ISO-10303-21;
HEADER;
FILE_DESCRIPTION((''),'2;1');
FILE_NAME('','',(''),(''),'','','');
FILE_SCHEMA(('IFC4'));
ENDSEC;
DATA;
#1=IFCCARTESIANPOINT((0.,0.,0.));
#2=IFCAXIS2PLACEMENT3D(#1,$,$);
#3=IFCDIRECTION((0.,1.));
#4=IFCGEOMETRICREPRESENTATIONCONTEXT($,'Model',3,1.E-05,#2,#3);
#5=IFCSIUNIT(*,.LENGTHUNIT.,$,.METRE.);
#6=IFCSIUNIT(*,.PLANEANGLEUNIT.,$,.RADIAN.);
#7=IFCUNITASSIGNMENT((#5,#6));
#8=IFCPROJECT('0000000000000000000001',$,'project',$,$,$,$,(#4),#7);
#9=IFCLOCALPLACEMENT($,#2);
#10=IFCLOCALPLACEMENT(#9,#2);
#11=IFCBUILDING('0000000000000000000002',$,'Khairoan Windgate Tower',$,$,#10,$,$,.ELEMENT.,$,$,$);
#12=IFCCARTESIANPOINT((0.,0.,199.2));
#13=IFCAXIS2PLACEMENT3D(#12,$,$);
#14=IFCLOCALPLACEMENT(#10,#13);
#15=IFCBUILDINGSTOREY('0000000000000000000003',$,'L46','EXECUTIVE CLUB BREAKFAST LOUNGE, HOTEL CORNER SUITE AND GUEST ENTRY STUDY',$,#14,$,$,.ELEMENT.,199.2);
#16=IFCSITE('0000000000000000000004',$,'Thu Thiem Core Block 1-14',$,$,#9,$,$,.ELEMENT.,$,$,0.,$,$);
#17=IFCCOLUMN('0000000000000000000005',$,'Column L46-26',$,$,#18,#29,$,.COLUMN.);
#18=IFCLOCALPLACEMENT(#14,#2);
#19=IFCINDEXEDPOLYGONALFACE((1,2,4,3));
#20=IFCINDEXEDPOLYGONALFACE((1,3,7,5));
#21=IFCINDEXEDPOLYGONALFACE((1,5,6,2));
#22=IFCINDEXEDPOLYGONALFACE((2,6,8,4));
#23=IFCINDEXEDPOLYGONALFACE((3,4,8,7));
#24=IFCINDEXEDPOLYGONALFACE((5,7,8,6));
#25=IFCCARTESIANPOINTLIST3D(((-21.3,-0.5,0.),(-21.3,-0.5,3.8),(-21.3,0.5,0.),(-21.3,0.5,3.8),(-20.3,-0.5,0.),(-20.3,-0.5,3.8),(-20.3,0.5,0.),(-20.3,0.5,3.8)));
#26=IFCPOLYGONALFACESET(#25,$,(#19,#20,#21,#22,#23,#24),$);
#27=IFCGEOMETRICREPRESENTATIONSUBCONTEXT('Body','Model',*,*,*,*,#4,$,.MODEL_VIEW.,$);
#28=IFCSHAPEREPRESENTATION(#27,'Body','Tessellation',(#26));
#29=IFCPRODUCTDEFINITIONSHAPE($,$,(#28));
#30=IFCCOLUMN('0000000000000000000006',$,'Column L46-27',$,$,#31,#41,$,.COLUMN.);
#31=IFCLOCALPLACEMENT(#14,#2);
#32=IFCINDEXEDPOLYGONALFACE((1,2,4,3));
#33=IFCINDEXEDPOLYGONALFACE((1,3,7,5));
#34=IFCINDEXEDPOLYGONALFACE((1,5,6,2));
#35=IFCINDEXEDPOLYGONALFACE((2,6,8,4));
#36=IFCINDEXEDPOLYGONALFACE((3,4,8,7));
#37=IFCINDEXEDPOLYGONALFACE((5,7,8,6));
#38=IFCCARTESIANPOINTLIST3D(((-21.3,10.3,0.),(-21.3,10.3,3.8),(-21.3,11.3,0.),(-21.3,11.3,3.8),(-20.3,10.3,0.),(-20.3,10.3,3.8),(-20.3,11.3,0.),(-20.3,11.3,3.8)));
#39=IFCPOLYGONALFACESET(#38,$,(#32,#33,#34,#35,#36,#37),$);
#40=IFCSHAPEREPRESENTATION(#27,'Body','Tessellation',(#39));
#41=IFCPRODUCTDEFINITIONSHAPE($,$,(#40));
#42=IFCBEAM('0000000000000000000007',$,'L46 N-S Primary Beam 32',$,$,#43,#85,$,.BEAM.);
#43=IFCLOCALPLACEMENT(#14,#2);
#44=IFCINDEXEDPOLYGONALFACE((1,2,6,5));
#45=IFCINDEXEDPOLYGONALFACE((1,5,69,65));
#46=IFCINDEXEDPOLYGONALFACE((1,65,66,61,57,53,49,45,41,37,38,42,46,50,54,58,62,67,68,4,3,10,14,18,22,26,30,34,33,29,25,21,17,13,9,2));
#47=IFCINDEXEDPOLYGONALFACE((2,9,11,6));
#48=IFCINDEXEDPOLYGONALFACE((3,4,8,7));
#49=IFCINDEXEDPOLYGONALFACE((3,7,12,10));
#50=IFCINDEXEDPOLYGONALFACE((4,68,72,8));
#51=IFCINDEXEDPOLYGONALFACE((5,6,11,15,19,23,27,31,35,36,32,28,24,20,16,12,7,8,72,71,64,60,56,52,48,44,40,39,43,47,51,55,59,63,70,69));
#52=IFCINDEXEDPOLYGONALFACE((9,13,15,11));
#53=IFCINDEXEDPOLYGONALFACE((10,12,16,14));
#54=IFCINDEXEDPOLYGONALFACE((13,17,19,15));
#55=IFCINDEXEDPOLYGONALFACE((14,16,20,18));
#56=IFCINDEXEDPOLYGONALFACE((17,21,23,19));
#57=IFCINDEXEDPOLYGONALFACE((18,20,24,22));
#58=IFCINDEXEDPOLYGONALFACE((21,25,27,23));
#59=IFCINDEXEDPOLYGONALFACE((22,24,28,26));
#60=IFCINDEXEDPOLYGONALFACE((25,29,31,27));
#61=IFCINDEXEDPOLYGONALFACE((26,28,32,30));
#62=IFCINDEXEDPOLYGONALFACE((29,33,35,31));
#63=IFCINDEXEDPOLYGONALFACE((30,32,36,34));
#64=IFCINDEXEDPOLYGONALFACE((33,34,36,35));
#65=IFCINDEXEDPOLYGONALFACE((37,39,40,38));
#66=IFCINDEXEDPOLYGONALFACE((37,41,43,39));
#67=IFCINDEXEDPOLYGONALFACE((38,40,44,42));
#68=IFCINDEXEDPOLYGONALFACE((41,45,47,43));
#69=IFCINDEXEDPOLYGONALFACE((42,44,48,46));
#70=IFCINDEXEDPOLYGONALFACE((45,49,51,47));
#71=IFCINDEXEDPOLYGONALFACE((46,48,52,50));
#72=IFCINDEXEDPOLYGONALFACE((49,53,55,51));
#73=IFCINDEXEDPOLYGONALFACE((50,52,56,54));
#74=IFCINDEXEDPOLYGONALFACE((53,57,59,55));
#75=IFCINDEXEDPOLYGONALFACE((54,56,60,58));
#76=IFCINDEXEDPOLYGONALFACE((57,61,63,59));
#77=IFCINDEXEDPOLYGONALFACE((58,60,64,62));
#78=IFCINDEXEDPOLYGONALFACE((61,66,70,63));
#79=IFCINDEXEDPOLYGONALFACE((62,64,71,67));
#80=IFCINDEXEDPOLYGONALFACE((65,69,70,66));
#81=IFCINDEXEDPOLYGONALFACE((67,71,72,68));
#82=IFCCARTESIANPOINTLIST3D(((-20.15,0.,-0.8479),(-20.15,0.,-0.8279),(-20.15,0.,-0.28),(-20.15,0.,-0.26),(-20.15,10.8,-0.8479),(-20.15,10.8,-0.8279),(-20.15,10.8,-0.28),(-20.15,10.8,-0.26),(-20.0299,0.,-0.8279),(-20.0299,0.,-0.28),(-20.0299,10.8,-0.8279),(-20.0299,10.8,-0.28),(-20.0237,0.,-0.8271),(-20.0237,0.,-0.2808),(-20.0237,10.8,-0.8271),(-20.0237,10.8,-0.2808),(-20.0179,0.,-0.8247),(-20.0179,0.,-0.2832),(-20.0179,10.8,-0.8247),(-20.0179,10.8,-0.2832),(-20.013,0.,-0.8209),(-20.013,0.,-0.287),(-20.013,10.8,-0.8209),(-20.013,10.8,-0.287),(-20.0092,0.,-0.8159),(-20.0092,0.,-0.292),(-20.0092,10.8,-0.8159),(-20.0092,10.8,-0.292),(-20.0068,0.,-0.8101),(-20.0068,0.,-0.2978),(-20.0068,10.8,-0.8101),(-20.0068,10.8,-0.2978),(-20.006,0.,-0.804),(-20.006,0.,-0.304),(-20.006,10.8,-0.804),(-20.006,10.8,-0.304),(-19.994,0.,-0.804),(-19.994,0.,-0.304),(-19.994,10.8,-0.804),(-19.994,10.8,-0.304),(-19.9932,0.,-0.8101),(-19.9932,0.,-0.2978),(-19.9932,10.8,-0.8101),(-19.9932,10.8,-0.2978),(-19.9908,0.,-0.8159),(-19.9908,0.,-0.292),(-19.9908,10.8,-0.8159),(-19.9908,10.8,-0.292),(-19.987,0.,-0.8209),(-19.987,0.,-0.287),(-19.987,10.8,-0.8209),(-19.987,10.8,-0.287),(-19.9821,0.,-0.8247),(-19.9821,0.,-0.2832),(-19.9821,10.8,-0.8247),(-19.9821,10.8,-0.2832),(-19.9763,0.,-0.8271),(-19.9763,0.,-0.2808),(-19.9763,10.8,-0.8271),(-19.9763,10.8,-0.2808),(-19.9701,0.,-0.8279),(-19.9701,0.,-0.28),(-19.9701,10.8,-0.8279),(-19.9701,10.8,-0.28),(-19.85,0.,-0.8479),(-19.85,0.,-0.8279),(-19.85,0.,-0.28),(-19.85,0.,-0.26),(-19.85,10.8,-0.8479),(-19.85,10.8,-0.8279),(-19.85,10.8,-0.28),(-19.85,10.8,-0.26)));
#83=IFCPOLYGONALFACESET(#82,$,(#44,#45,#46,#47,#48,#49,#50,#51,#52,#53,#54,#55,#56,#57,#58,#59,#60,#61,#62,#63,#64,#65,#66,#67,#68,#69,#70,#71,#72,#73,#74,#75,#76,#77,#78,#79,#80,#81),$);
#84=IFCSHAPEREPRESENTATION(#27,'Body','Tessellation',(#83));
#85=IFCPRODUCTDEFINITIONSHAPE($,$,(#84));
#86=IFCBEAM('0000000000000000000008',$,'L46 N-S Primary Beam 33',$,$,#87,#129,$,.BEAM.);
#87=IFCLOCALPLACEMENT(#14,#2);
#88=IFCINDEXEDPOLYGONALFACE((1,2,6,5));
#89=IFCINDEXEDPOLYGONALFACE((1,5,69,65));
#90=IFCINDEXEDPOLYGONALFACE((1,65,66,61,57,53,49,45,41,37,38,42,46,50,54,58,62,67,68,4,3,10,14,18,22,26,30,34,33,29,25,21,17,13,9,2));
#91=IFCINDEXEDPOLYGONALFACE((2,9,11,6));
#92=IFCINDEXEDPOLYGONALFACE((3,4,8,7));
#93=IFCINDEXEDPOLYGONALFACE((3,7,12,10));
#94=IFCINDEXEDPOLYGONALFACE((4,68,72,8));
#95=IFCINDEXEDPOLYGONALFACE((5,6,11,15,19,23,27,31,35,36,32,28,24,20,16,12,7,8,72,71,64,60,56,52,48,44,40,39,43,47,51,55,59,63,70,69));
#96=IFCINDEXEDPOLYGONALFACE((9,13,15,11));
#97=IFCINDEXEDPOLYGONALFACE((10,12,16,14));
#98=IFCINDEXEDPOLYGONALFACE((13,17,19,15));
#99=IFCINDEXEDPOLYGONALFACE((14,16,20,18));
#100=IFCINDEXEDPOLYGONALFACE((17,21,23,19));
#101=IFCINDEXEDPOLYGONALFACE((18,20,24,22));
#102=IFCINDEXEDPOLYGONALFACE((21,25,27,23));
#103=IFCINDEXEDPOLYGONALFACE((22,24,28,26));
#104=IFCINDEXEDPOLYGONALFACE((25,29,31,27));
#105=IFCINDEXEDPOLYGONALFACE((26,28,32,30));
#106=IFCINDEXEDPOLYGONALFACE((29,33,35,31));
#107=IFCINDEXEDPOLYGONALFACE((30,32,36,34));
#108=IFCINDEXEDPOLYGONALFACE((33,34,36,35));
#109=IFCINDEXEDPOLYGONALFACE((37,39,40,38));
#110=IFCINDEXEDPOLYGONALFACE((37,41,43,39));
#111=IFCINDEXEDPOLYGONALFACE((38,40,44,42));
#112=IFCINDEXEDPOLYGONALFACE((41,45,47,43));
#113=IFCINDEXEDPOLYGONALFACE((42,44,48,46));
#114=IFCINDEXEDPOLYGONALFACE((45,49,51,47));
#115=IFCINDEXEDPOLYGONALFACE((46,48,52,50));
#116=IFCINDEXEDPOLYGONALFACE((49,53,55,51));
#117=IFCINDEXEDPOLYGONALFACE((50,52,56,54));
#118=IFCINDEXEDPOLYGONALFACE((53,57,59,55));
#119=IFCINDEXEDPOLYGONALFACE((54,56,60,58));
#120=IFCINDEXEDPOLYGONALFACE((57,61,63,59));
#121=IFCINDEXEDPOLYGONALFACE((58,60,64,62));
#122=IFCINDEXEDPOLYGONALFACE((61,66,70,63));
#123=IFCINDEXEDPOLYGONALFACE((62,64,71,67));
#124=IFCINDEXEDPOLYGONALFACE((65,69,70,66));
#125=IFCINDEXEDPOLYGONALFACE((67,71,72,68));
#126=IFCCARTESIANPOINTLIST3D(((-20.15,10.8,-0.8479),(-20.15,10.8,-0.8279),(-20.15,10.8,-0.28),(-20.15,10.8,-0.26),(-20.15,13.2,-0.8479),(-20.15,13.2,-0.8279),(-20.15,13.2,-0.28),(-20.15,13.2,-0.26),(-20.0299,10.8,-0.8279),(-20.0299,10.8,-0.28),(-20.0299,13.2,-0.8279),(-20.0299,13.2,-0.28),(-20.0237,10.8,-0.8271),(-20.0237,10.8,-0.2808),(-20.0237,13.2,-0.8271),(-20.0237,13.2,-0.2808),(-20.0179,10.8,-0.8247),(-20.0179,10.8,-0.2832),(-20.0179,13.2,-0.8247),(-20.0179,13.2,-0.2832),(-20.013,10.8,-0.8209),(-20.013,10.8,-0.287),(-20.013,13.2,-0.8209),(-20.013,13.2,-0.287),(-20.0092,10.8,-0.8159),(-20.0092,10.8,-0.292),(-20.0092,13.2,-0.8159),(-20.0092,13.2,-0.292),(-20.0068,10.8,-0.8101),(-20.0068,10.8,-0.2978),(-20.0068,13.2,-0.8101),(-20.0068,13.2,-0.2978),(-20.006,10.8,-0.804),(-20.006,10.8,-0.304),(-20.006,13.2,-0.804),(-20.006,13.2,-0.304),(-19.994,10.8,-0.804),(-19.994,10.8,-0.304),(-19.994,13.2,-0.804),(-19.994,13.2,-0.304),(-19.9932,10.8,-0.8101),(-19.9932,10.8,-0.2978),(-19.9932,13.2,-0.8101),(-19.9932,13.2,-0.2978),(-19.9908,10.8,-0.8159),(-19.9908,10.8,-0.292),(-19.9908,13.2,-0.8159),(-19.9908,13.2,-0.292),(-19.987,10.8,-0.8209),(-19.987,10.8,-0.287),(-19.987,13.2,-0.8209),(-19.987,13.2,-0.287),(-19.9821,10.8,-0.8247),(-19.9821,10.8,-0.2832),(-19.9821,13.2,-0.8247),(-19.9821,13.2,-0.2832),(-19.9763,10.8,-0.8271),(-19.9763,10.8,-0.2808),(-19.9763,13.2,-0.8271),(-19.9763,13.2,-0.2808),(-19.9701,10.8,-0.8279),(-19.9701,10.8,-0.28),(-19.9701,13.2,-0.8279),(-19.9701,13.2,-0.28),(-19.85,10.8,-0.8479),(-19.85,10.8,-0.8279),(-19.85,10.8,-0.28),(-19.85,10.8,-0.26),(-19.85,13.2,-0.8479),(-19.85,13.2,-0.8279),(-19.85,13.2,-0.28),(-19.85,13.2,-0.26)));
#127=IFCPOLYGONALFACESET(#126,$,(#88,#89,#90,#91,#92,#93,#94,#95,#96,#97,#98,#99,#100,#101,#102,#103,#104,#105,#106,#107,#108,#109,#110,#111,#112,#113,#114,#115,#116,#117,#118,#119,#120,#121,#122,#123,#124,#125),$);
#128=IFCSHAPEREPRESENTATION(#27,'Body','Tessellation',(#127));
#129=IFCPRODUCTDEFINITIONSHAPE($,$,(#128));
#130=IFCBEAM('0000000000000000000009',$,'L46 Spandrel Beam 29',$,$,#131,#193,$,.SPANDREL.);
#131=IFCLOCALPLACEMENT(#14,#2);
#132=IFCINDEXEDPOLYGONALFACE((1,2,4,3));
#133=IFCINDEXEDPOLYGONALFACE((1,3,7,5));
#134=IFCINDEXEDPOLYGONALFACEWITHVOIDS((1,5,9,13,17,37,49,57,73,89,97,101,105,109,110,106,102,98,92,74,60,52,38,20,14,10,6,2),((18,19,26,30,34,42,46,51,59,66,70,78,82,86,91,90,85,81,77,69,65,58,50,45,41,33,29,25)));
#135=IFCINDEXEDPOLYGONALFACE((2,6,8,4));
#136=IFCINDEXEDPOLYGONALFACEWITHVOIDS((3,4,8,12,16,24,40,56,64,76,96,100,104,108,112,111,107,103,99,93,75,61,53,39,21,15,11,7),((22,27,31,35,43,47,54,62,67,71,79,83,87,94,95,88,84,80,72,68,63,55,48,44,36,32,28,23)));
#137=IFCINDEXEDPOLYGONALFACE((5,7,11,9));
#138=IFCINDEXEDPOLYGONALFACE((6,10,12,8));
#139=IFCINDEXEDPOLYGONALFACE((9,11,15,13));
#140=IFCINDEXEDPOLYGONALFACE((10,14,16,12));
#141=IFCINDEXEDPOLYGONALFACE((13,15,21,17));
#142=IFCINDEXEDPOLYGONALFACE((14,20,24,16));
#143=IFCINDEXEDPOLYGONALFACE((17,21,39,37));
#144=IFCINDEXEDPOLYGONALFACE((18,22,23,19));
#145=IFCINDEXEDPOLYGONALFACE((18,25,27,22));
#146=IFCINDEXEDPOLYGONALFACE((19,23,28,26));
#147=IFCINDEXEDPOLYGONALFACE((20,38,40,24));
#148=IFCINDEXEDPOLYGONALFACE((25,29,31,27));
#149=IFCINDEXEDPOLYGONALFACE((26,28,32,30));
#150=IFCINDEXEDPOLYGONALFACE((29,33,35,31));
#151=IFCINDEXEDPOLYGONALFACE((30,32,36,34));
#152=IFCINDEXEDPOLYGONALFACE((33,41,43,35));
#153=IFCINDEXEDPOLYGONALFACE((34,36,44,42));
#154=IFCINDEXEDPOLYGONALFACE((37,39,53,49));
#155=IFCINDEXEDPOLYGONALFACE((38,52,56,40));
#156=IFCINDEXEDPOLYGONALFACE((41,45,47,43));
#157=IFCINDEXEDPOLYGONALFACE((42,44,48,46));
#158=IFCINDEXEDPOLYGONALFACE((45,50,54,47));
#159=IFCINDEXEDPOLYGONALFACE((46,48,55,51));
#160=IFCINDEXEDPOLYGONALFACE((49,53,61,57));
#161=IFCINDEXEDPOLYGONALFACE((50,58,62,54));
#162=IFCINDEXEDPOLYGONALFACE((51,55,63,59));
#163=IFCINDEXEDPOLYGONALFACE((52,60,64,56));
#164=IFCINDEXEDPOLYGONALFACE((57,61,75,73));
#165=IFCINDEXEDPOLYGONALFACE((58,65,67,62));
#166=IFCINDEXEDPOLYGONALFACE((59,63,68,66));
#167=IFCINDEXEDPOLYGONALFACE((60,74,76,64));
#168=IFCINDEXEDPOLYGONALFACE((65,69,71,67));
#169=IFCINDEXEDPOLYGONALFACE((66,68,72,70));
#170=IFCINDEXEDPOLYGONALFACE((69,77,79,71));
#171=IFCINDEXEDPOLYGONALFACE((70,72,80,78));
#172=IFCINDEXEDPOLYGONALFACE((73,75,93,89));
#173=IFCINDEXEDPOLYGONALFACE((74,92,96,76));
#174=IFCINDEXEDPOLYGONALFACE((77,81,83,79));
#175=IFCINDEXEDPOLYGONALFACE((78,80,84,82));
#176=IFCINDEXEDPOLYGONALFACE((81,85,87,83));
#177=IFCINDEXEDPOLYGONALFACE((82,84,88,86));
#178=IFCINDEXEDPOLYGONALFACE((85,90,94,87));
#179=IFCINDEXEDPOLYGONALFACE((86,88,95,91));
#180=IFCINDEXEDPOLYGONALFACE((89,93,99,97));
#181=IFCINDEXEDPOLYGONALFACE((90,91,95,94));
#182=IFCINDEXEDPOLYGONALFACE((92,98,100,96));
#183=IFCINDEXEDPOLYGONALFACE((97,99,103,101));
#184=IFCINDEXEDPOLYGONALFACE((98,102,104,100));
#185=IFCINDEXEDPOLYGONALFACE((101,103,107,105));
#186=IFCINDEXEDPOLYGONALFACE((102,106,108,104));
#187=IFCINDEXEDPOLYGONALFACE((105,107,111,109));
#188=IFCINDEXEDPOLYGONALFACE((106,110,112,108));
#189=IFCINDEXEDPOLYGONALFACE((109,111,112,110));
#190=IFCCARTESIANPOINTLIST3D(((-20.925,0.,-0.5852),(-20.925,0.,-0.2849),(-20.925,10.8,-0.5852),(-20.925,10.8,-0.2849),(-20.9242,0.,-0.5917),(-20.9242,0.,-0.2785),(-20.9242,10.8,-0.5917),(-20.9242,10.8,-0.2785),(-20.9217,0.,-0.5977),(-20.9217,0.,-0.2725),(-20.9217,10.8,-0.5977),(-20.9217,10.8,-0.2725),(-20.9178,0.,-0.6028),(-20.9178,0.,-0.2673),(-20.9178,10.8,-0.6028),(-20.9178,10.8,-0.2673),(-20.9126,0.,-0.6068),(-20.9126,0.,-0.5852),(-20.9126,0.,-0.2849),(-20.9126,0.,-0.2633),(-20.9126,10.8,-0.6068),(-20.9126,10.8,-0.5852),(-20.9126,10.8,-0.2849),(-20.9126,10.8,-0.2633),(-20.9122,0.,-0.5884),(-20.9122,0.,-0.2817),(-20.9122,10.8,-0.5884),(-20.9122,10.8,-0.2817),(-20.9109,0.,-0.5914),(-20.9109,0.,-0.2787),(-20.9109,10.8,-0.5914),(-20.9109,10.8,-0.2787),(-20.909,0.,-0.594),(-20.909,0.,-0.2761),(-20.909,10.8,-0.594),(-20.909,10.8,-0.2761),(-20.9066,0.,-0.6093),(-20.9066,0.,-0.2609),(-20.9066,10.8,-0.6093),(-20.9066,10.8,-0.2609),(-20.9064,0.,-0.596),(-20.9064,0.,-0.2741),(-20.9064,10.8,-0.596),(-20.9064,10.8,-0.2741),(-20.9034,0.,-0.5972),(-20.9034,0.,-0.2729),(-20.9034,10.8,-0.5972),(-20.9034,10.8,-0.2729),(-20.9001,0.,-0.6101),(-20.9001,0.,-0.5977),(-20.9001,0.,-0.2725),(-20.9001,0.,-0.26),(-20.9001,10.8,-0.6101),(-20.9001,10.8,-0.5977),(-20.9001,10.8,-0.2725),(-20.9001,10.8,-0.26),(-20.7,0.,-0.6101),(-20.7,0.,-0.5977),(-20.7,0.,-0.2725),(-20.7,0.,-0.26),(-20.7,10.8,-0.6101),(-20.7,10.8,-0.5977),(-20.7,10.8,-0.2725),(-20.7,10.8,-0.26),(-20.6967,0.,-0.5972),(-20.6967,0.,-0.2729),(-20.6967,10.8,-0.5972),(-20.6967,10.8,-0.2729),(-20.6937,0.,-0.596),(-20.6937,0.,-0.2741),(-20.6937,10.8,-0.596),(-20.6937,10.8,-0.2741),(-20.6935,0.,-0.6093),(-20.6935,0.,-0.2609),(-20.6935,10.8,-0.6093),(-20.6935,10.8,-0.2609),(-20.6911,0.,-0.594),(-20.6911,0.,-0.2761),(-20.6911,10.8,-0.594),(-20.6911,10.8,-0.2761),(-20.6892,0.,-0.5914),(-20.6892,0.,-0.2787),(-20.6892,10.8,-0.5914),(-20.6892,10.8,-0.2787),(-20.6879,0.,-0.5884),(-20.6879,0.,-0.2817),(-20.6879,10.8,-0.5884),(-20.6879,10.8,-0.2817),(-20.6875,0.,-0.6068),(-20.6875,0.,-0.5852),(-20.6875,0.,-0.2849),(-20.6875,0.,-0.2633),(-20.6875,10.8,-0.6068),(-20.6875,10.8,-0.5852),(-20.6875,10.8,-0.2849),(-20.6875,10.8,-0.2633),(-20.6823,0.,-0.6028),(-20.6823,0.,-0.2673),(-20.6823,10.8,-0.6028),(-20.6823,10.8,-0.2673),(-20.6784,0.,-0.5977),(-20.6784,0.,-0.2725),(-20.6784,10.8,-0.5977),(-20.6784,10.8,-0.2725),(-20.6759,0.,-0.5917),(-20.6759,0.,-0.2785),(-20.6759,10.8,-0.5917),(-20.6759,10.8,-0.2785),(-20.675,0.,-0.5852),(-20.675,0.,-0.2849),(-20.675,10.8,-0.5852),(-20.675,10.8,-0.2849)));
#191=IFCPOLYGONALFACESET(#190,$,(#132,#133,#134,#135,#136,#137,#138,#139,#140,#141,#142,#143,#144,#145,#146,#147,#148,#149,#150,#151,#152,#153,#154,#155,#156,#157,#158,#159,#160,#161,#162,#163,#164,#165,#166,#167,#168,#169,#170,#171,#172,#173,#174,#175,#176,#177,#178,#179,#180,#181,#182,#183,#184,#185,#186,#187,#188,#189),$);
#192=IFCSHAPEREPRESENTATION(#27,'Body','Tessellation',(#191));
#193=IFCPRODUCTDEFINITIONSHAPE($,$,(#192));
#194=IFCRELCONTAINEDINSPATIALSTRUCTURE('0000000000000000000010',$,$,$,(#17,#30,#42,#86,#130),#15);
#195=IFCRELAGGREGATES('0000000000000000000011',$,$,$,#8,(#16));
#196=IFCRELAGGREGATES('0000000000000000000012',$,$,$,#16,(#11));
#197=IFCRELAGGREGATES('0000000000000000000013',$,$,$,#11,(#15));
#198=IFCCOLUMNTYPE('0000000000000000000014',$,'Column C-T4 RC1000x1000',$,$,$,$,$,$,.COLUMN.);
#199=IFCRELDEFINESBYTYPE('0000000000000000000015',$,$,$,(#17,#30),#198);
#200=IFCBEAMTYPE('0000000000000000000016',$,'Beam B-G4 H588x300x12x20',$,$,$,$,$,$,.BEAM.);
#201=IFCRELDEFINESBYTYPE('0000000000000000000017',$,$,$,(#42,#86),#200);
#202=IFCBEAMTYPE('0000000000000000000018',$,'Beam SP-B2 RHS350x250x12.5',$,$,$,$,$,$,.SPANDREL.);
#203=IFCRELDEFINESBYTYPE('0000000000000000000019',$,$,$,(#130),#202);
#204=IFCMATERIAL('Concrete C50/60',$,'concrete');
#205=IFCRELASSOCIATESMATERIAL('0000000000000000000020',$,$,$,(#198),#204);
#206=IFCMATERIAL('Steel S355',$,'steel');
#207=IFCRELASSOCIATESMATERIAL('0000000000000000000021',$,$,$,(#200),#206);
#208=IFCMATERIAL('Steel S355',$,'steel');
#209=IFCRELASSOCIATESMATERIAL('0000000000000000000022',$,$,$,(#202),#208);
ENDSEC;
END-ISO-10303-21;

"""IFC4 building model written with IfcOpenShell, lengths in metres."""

from ifc_helpers import new_model, si_unit, direction, frame, origin, origin_2d, place, context, subcontext, project, spatial, rectangle, hollow_rectangle, i_section, extrude, material, material_profile, profile_set, type_object, element, save


model = new_model("IFC4")

# Units and contexts
model_context = context("Model", 3, precision=1e-05, world=origin(), true_north=direction((0.0, 1.0)))
body_context = subcontext(model_context, "Body", "Model", "MODEL_VIEW")
ifc_project = project(units=[si_unit("LENGTHUNIT", "METRE"), si_unit("PLANEANGLEUNIT", "RADIAN")], contexts=[model_context])

# Site, building, storey
site_placement = place(None, origin())
site = spatial("IfcSite", under=ifc_project, at=site_placement, Name="Thu Thiem Core Block 1-14", CompositionType="ELEMENT", RefElevation=0.0)
building_placement = place(site_placement, origin())
building = spatial("IfcBuilding", under=site, at=building_placement, Name="Khairoan Windgate Tower", CompositionType="ELEMENT")
storey_placement = place(building_placement, frame((0.0, 0.0, 199.2)))
storey = spatial("IfcBuildingStorey", under=building, at=storey_placement, Name="L46", Description="EXECUTIVE CLUB BREAKFAST LOUNGE, HOTEL CORNER SUITE AND GUEST ENTRY STUDY", CompositionType="ELEMENT", Elevation=199.2)

# Columns
ifc_material_1 = material(Name="Concrete C50/60", Category="concrete")
ifc_material_profile_1 = material_profile(ifc_material_1, rectangle(XDim=1.0, YDim=1.0, at=origin_2d()))
ifc_profile_set_1 = profile_set([ifc_material_profile_1], Name="Concrete C50/60")
column_type = type_object("IfcColumnType", Name="Column C-T4 RC1000x1000", PredefinedType="COLUMN", material=ifc_profile_set_1)
for number, where, z_axis, x_axis, name in (
    (1, (-20.8, 0.0, 0.0), (0.0, 0.0, 1.0), (1.0, 0.0, 0.0), "Column L46-26"),
    (2, (-20.8, 10.8, 0.0), (0.0, 0.0, 1.0), (1.0, 0.0, 0.0), "Column L46-27"),
):
    element("IfcColumn", number, at=place(storey_placement, frame(where, z_axis=z_axis, x_axis=x_axis)), inside=storey, type_object=column_type, Name=name, PredefinedType="COLUMN", context=body_context, shape_type="SweptSolid", body=[
        extrude(rectangle(XDim=1.0, YDim=1.0, at=origin_2d()), origin(), (0.0, 0.0, 1.0), 3.8),
    ])

# Beams
ifc_material_2 = material(Name="Steel S355", Category="steel")
ifc_material_profile_2 = material_profile(ifc_material_2, i_section(OverallWidth=0.3, OverallDepth=0.5879, WebThickness=0.012, FlangeThickness=0.02, FilletRadius=0.0239, at=origin_2d()))
ifc_profile_set_2 = profile_set([ifc_material_profile_2], Name="Steel S355")
beam_type_1 = type_object("IfcBeamType", Name="Beam B-G4 H588x300x12x20", PredefinedType="BEAM", material=ifc_profile_set_2)
beam_1_placement = place(storey_placement, frame((-20.0, 0.0, -0.554), z_axis=(0.0, 1.0, 0.0), x_axis=(-1.0, 0.0, 0.0)))
element("IfcBeam", 3, at=beam_1_placement, inside=storey, type_object=beam_type_1, Name="L46 N-S Primary Beam 32", PredefinedType="BEAM", context=body_context, shape_type="SweptSolid", body=[
    extrude(i_section(OverallWidth=0.3, OverallDepth=0.5879, WebThickness=0.012, FlangeThickness=0.02, FilletRadius=0.0239, at=origin_2d()), origin(), (0.0, 0.0, 1.0), 10.8),
])
beam_2_placement = place(storey_placement, frame((-20.0, 10.8, -0.554), z_axis=(0.0, 1.0, 0.0), x_axis=(-1.0, 0.0, 0.0)))
element("IfcBeam", 4, at=beam_2_placement, inside=storey, type_object=beam_type_1, Name="L46 N-S Primary Beam 33", PredefinedType="BEAM", context=body_context, shape_type="SweptSolid", body=[
    extrude(i_section(OverallWidth=0.3, OverallDepth=0.5879, WebThickness=0.012, FlangeThickness=0.02, FilletRadius=0.0239, at=origin_2d()), origin(), (0.0, 0.0, 1.0), 2.3999),
])
ifc_material_3 = material(Name="Steel S355", Category="steel")
ifc_material_profile_3 = material_profile(ifc_material_3, hollow_rectangle(XDim=0.25, YDim=0.3501, WallThickness=0.0125, InnerFilletRadius=0.0125, OuterFilletRadius=0.0249, at=origin_2d()))
ifc_profile_set_3 = profile_set([ifc_material_profile_3], Name="Steel S355")
beam_type_2 = type_object("IfcBeamType", Name="Beam SP-B2 RHS350x250x12.5", PredefinedType="SPANDREL", material=ifc_profile_set_3)
beam_3_placement = place(storey_placement, frame((-20.8, 0.0, -0.4351), z_axis=(0.0, 1.0, 0.0), x_axis=(-1.0, 0.0, 0.0)))
element("IfcBeam", 5, at=beam_3_placement, inside=storey, type_object=beam_type_2, Name="L46 Spandrel Beam 29", PredefinedType="SPANDREL", context=body_context, shape_type="SweptSolid", body=[
    extrude(hollow_rectangle(XDim=0.25, YDim=0.3501, WallThickness=0.0125, InnerFilletRadius=0.0125, OuterFilletRadius=0.0249, at=origin_2d()), origin(), (0.0, 0.0, 1.0), 10.8),
])

save(model, "model.ifc")
